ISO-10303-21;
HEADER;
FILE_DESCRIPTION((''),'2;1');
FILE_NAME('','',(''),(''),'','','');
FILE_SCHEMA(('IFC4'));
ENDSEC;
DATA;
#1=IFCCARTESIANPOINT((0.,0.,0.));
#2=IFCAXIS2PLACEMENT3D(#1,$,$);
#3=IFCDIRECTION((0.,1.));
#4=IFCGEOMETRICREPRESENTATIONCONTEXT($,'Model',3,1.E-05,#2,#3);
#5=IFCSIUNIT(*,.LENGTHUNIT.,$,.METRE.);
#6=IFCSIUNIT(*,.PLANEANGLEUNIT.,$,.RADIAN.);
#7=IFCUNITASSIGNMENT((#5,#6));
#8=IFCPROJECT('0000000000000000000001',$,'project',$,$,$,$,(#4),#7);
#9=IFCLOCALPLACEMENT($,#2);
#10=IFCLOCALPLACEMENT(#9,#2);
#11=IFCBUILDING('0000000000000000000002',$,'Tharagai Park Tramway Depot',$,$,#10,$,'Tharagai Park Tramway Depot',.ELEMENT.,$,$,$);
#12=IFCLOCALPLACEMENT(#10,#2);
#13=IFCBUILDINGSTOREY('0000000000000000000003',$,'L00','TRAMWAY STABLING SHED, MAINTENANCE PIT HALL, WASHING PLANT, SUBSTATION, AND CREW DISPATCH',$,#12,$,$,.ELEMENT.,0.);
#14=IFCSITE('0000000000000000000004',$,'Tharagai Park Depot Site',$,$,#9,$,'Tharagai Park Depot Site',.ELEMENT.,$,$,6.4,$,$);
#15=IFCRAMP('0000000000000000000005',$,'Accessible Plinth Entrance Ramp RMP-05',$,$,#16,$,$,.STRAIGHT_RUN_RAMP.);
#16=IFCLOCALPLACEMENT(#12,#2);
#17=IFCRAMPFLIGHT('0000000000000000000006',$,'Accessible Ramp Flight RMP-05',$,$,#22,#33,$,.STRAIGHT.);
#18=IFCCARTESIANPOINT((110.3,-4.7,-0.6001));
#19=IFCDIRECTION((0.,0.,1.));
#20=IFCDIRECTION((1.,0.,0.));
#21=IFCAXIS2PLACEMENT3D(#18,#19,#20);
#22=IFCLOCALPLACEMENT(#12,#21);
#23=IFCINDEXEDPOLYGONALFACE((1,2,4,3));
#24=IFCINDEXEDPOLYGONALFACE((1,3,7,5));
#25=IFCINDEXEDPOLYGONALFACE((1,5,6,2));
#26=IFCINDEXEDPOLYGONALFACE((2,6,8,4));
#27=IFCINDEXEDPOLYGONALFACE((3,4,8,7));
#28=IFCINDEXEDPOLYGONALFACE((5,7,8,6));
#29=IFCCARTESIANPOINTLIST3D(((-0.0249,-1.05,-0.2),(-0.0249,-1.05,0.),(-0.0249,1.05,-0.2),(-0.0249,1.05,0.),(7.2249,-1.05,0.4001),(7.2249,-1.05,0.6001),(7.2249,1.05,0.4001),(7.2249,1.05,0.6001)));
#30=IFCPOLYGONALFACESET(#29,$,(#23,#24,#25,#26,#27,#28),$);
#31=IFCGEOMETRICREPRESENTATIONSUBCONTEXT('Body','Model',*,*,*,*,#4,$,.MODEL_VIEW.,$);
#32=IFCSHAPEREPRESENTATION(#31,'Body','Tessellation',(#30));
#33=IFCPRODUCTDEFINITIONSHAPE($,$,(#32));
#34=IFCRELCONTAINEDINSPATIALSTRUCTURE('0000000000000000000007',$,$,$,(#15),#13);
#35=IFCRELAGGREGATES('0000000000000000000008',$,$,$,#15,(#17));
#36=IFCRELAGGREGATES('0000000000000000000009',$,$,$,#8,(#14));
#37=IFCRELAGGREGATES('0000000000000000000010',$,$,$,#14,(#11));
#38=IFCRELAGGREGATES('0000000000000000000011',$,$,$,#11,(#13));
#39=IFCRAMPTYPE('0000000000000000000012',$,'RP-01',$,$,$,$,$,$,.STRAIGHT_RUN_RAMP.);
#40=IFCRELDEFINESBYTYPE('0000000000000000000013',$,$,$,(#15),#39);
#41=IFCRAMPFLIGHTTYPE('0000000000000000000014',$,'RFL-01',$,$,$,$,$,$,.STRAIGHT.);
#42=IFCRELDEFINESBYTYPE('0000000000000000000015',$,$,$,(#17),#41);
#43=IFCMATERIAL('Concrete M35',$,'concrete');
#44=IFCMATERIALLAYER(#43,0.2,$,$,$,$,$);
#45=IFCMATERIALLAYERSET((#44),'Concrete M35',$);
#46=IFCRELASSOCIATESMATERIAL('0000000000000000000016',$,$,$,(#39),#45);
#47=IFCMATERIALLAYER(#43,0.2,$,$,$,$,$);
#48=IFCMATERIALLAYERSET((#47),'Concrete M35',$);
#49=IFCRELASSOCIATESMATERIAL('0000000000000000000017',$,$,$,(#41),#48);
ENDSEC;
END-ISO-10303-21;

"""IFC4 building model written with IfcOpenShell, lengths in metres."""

from ifc_helpers import new_model, si_unit, direction, frame, origin, place, context, subcontext, project, spatial, polyline, outline, extrude, material, layer, layer_set, type_object, element, aggregate, save


model = new_model("IFC4")

# Units and contexts
model_context = context("Model", 3, precision=1e-05, world=origin(), true_north=direction((0.0, 1.0)))
body_context = subcontext(model_context, "Body", "Model", "MODEL_VIEW")
ifc_project = project(units=[si_unit("LENGTHUNIT", "METRE"), si_unit("PLANEANGLEUNIT", "RADIAN")], contexts=[model_context])

# Site, building, storey
site_placement = place(None, origin())
site = spatial("IfcSite", under=ifc_project, at=site_placement, Name="Tharagai Park Depot Site", LongName="Tharagai Park Depot Site", CompositionType="ELEMENT", RefElevation=6.4)
building_placement = place(site_placement, origin())
building = spatial("IfcBuilding", under=site, at=building_placement, Name="Tharagai Park Tramway Depot", LongName="Tharagai Park Tramway Depot", CompositionType="ELEMENT")
storey_placement = place(building_placement, origin())
storey = spatial("IfcBuildingStorey", under=building, at=storey_placement, Name="L00", Description="TRAMWAY STABLING SHED, MAINTENANCE PIT HALL, WASHING PLANT, SUBSTATION, AND CREW DISPATCH", CompositionType="ELEMENT", Elevation=0.0)

# Shared definitions
ifc_material_1 = material(Name="Concrete M35", Category="concrete")

# Ramp, ramp flight
ifc_layer_1 = layer(ifc_material_1, 0.2)
ifc_layer_set_1 = layer_set([ifc_layer_1], Name="Concrete M35")
ramp_type = type_object("IfcRampType", Name="RP-01", PredefinedType="STRAIGHT_RUN_RAMP", material=ifc_layer_set_1)
ramp_placement = place(storey_placement, origin())
ramp = element("IfcRamp", 1, at=ramp_placement, inside=storey, type_object=ramp_type, Name="Accessible Plinth Entrance Ramp RMP-05", PredefinedType="STRAIGHT_RUN_RAMP")
ifc_layer_2 = layer(ifc_material_1, 0.2)
ifc_layer_set_2 = layer_set([ifc_layer_2], Name="Concrete M35")
ramp_flight_type = type_object("IfcRampFlightType", Name="RFL-01", PredefinedType="STRAIGHT", material=ifc_layer_set_2)
ramp_flight_placement = place(storey_placement, frame((110.3, -4.7, -0.6001), z_axis=(0.0, 0.0, 1.0), x_axis=(1.0, 0.0, 0.0)))
ramp_flight = element("IfcRampFlight", 2, at=ramp_flight_placement, type_object=ramp_flight_type, Name="Accessible Ramp Flight RMP-05", PredefinedType="STRAIGHT", context=body_context, shape_type="SweptSolid", body=[
    extrude(outline(polyline([(-0.0249, 0.0), (7.2249, 0.6001), (7.2249, 0.4001), (-0.0249, -0.2), (-0.0249, 0.0)])), frame((0.0, 1.05, 0.0), z_axis=(0.0, -1.0, 0.0), x_axis=(1.0, 0.0, 0.0)), (0.0, 0.0, 1.0), 2.1001),
])
aggregate(ramp, [ramp_flight])

save(model, "model.ifc")
